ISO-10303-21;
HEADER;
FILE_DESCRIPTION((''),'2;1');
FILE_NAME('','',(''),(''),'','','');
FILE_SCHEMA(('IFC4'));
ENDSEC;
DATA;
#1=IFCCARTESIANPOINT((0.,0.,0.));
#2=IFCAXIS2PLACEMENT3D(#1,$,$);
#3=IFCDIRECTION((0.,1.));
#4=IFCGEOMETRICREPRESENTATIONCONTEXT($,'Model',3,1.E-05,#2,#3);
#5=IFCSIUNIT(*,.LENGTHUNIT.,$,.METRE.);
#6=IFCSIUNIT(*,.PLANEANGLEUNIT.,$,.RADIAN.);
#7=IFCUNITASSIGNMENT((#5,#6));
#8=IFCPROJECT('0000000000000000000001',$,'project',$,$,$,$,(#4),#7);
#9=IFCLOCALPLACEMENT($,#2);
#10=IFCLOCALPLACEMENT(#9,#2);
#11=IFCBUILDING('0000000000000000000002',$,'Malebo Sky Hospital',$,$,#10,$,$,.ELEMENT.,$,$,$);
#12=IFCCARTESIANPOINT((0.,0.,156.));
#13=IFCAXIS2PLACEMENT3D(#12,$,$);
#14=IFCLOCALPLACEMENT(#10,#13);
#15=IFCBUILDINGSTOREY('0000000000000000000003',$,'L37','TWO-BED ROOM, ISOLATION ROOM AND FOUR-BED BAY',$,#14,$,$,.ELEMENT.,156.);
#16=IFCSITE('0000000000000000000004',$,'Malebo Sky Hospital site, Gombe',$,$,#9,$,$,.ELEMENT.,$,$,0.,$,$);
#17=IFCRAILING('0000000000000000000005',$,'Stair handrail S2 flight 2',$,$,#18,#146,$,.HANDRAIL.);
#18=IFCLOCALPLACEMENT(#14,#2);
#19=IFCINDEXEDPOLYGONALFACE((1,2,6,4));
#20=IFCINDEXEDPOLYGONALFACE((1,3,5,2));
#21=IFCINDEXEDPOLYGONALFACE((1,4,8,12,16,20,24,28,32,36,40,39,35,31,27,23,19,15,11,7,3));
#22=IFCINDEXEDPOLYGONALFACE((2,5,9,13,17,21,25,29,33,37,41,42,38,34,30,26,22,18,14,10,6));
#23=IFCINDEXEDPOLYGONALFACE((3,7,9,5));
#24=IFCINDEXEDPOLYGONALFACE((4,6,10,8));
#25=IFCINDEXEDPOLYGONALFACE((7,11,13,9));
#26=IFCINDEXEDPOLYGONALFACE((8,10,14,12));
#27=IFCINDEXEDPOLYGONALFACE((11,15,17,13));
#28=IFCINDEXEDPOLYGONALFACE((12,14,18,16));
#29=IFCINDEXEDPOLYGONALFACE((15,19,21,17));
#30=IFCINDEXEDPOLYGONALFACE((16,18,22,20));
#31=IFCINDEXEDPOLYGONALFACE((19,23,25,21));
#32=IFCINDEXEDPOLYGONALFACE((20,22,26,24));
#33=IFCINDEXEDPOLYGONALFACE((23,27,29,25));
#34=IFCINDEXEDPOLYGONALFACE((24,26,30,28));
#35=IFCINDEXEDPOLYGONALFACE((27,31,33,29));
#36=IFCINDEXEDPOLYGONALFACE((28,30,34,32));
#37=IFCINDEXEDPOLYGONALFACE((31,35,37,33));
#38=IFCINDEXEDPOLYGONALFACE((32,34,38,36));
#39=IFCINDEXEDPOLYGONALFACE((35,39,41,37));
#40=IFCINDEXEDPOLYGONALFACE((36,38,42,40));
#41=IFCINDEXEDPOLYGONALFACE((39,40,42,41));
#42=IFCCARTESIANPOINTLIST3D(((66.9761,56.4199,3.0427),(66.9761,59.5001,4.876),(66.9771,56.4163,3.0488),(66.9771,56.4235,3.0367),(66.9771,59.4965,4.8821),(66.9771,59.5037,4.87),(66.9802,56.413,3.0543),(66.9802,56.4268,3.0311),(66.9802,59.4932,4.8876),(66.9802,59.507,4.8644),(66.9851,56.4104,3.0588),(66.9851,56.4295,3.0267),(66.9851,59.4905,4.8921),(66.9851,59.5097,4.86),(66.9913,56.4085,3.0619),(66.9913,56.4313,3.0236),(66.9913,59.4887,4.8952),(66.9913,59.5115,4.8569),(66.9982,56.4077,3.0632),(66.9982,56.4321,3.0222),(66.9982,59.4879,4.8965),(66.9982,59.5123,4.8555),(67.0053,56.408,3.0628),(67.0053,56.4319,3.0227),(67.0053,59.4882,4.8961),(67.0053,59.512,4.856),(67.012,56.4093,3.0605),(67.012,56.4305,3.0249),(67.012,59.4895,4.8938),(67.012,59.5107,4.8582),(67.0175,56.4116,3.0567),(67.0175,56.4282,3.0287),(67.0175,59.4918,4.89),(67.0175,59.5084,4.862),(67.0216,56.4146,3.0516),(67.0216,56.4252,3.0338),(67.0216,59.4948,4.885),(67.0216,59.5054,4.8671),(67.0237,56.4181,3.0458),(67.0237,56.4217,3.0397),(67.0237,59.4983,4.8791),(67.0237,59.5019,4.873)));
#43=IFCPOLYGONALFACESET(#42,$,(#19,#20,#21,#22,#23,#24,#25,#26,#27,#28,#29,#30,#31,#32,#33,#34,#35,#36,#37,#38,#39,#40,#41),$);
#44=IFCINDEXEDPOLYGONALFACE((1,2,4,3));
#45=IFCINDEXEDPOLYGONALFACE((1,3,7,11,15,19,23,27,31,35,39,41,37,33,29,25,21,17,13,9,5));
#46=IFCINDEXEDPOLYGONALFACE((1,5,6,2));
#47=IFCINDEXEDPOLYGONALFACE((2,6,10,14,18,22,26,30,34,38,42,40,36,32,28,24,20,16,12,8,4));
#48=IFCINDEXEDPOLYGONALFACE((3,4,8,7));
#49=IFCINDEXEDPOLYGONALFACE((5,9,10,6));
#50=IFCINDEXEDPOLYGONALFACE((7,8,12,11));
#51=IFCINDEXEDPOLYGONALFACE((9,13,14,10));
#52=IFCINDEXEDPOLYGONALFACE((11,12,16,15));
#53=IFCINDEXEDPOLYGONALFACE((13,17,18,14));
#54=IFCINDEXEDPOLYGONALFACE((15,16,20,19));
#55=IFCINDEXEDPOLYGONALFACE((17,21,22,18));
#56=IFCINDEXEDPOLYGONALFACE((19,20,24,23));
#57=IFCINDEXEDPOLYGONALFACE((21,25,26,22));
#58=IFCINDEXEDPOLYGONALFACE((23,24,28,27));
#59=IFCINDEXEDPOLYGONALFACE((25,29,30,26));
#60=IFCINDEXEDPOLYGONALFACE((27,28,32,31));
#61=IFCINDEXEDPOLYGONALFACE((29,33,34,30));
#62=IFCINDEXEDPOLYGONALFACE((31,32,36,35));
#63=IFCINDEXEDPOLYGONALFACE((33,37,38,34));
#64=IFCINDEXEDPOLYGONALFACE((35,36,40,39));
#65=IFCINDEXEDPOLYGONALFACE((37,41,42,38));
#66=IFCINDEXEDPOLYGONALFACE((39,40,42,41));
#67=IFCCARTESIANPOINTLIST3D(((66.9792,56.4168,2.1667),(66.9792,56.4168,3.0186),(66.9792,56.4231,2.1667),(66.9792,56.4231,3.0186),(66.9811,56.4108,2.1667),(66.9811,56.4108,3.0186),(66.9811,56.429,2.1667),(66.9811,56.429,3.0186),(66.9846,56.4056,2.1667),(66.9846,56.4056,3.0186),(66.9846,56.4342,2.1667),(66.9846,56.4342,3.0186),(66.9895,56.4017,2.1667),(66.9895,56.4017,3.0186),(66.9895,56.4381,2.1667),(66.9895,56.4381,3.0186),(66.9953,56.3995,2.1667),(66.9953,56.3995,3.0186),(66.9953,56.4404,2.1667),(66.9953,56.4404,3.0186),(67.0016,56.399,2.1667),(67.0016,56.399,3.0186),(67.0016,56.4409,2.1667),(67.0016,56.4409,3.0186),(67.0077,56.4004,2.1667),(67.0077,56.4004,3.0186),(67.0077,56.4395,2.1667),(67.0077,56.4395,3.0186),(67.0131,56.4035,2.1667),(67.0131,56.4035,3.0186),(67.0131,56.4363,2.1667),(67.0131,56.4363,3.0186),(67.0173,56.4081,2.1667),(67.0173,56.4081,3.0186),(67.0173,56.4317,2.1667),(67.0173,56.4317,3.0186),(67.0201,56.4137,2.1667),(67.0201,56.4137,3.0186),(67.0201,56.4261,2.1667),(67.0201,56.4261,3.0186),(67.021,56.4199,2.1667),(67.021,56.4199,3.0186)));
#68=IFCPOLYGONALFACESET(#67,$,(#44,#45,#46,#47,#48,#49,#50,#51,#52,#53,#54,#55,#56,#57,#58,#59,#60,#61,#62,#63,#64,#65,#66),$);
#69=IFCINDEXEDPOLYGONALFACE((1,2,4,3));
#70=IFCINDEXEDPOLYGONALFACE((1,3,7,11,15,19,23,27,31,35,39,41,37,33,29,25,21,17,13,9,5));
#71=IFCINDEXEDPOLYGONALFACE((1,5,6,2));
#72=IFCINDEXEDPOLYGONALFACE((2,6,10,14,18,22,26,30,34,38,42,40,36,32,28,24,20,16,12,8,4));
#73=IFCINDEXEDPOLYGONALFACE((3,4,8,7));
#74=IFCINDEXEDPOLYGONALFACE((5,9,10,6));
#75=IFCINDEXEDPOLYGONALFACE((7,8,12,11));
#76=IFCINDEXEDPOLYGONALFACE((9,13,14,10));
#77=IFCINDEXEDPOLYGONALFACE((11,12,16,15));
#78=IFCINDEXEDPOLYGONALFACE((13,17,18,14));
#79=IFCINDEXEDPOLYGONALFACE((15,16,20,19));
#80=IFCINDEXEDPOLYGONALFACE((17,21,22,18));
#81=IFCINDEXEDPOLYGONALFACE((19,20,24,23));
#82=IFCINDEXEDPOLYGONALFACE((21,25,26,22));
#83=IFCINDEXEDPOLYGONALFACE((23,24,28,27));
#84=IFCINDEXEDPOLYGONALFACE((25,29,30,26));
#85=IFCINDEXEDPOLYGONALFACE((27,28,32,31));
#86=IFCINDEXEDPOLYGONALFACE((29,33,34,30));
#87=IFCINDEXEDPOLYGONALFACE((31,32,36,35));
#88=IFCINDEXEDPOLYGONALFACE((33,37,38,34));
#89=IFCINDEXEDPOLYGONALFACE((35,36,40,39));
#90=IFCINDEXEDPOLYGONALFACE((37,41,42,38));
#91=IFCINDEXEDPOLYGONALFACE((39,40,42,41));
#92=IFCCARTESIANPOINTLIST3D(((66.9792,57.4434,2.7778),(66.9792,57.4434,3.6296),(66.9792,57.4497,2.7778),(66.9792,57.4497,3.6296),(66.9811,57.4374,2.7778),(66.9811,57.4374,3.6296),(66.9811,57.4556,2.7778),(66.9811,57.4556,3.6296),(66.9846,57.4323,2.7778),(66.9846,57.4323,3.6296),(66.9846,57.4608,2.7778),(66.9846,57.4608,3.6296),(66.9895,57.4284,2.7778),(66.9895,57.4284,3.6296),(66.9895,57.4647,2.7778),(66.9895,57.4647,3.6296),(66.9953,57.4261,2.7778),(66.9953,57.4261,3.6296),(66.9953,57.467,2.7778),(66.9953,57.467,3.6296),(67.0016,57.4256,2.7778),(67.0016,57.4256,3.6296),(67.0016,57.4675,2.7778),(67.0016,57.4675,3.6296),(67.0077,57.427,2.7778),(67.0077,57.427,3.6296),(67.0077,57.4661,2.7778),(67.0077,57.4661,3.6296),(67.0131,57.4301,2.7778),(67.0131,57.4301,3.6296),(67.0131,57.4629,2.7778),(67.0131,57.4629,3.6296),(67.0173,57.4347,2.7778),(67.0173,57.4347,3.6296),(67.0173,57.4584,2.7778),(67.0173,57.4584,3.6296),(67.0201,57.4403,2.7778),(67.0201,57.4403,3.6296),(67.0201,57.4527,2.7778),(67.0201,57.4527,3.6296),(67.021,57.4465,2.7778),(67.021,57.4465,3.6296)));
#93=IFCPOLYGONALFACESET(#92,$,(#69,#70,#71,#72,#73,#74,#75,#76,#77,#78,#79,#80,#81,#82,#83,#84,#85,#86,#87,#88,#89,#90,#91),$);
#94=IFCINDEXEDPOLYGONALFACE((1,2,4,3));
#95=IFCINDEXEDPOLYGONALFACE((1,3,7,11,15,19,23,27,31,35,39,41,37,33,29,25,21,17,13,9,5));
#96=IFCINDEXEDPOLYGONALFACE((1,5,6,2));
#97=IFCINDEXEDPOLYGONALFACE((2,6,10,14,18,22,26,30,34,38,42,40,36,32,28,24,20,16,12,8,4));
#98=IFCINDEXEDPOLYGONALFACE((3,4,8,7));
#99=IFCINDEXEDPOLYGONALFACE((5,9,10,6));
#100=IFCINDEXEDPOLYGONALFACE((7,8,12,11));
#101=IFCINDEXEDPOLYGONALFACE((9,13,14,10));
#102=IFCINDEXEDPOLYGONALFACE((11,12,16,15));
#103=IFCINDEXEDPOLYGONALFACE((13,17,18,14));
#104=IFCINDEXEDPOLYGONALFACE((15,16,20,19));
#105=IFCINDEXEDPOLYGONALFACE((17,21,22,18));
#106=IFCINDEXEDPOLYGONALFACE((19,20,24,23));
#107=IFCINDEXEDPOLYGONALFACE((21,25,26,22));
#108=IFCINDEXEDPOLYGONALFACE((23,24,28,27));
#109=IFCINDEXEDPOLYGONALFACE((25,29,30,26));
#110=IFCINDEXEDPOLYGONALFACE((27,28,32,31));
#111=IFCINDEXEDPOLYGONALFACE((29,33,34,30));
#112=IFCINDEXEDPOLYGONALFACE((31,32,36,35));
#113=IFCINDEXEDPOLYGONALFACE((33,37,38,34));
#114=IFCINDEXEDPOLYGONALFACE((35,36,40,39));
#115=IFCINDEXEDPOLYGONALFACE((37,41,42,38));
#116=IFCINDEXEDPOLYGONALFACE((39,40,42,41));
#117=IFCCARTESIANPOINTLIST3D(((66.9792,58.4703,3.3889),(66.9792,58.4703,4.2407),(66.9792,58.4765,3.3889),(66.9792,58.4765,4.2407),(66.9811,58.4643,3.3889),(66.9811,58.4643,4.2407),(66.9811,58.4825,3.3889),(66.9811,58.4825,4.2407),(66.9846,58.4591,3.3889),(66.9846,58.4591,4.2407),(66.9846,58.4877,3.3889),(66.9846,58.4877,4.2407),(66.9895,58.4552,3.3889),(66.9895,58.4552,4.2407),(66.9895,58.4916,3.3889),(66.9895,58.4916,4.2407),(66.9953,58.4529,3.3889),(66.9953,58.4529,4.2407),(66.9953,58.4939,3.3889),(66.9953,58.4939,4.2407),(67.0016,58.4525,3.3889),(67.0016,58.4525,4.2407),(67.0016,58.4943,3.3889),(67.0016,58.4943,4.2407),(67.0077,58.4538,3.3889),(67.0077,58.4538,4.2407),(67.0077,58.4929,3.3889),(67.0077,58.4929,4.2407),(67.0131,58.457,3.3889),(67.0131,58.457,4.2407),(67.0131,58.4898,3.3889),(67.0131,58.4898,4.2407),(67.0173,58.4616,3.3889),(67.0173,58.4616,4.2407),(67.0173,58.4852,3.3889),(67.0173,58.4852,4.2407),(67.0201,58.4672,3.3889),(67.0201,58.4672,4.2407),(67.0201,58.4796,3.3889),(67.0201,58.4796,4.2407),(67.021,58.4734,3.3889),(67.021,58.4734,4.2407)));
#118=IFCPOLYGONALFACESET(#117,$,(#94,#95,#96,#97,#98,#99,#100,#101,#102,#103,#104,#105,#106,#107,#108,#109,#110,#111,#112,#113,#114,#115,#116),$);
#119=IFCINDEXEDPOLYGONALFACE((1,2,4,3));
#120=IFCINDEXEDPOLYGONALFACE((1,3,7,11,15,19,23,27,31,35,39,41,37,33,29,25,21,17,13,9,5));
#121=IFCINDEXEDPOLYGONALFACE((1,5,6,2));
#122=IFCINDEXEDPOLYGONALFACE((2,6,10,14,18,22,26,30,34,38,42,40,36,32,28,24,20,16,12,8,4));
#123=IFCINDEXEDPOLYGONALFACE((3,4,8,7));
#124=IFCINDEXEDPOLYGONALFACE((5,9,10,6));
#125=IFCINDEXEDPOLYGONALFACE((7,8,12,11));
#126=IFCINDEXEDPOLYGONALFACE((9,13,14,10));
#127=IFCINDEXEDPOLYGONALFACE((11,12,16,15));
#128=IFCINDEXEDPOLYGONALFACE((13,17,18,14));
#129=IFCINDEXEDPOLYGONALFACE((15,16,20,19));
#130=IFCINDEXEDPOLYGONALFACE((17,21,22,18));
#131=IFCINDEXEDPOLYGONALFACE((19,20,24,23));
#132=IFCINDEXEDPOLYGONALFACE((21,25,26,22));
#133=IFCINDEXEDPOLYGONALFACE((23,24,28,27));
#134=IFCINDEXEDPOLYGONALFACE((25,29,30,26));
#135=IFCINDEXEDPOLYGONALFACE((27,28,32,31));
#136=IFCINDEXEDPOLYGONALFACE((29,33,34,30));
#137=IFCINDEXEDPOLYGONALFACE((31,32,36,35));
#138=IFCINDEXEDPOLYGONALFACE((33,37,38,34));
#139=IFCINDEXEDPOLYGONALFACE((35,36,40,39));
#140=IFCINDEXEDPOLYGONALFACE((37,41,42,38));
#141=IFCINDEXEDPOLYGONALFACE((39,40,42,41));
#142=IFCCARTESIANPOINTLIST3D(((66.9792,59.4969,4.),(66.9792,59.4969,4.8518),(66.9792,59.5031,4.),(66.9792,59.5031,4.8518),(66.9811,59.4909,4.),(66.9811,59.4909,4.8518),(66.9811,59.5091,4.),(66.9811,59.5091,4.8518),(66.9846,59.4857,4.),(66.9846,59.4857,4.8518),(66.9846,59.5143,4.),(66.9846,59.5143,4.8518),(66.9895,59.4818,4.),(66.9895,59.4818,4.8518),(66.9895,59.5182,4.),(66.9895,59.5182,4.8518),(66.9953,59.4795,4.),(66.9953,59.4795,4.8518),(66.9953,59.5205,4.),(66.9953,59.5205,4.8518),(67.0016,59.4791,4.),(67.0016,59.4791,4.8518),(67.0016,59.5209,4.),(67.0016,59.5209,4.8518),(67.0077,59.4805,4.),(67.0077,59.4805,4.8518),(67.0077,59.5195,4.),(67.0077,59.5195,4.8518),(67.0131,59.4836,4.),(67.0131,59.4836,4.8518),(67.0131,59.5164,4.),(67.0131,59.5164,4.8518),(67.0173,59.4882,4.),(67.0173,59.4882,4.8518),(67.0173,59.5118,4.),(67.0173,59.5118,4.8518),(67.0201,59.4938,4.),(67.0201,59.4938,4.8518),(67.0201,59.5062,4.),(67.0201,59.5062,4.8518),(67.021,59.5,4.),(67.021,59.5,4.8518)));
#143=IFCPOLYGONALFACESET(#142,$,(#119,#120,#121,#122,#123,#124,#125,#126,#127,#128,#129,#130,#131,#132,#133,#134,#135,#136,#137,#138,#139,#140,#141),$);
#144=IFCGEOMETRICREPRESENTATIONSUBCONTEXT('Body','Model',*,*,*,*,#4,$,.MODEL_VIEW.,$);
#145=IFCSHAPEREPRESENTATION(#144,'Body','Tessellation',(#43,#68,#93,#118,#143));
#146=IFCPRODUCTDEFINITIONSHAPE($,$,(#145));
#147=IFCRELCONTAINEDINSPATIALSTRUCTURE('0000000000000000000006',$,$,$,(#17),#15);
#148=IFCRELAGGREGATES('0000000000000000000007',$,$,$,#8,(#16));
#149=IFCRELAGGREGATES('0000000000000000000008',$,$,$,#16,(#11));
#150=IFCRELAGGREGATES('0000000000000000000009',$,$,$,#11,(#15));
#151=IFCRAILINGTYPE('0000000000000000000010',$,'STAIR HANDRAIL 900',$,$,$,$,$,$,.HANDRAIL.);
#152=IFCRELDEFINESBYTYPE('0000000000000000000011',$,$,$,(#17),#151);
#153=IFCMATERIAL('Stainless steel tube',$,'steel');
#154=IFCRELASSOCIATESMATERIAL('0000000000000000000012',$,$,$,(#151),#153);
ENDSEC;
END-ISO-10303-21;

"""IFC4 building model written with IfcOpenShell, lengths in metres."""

from ifc_helpers import new_model, si_unit, direction, frame, origin, origin_2d, place, context, subcontext, project, spatial, circle, extrude, material, type_object, element, save


model = new_model("IFC4")

# Units and contexts
model_context = context("Model", 3, precision=1e-05, world=origin(), true_north=direction((0.0, 1.0)))
body_context = subcontext(model_context, "Body", "Model", "MODEL_VIEW")
ifc_project = project(units=[si_unit("LENGTHUNIT", "METRE"), si_unit("PLANEANGLEUNIT", "RADIAN")], contexts=[model_context])

# Site, building, storey
site_placement = place(None, origin())
site = spatial("IfcSite", under=ifc_project, at=site_placement, Name="Malebo Sky Hospital site, Gombe", CompositionType="ELEMENT", RefElevation=0.0)
building_placement = place(site_placement, origin())
building = spatial("IfcBuilding", under=site, at=building_placement, Name="Malebo Sky Hospital", CompositionType="ELEMENT")
storey_placement = place(building_placement, frame((0.0, 0.0, 156.0)))
storey = spatial("IfcBuildingStorey", under=building, at=storey_placement, Name="L37", Description="TWO-BED ROOM, ISOLATION ROOM AND FOUR-BED BAY", CompositionType="ELEMENT", Elevation=156.0)

# Railing
ifc_material_1 = material(Name="Stainless steel tube", Category="steel")
railing_type = type_object("IfcRailingType", Name="STAIR HANDRAIL 900", PredefinedType="HANDRAIL", material=ifc_material_1)
railing_1_placement = place(storey_placement, frame((67.0, 56.4199, 2.1667)))
element("IfcRailing", 1, at=railing_1_placement, inside=storey, type_object=railing_type, Name="Stair handrail S2 flight 2", PredefinedType="HANDRAIL", context=body_context, shape_type="SweptSolid", body=[
    extrude(circle(Radius=0.0239, at=origin_2d()), frame((0.0, 0.0, 0.876), z_axis=(0.0, 0.859309, 0.511458), x_axis=(-1.0, 0.0, 0.0)), (0.0, 0.0, 1.0), 3.5845),
    extrude(circle(Radius=0.021, at=origin_2d()), origin(), (0.0, 0.0, 1.0), 0.8518),
    extrude(circle(Radius=0.021, at=origin_2d()), frame((0.0, 1.0266, 0.6111)), (0.0, 0.0, 1.0), 0.8518),
    extrude(circle(Radius=0.021, at=origin_2d()), frame((0.0, 2.0535, 1.2222)), (0.0, 0.0, 1.0), 0.8518),
    extrude(circle(Radius=0.021, at=origin_2d()), frame((0.0, 3.0801, 1.8333)), (0.0, 0.0, 1.0), 0.8518),
])

save(model, "model.ifc")
